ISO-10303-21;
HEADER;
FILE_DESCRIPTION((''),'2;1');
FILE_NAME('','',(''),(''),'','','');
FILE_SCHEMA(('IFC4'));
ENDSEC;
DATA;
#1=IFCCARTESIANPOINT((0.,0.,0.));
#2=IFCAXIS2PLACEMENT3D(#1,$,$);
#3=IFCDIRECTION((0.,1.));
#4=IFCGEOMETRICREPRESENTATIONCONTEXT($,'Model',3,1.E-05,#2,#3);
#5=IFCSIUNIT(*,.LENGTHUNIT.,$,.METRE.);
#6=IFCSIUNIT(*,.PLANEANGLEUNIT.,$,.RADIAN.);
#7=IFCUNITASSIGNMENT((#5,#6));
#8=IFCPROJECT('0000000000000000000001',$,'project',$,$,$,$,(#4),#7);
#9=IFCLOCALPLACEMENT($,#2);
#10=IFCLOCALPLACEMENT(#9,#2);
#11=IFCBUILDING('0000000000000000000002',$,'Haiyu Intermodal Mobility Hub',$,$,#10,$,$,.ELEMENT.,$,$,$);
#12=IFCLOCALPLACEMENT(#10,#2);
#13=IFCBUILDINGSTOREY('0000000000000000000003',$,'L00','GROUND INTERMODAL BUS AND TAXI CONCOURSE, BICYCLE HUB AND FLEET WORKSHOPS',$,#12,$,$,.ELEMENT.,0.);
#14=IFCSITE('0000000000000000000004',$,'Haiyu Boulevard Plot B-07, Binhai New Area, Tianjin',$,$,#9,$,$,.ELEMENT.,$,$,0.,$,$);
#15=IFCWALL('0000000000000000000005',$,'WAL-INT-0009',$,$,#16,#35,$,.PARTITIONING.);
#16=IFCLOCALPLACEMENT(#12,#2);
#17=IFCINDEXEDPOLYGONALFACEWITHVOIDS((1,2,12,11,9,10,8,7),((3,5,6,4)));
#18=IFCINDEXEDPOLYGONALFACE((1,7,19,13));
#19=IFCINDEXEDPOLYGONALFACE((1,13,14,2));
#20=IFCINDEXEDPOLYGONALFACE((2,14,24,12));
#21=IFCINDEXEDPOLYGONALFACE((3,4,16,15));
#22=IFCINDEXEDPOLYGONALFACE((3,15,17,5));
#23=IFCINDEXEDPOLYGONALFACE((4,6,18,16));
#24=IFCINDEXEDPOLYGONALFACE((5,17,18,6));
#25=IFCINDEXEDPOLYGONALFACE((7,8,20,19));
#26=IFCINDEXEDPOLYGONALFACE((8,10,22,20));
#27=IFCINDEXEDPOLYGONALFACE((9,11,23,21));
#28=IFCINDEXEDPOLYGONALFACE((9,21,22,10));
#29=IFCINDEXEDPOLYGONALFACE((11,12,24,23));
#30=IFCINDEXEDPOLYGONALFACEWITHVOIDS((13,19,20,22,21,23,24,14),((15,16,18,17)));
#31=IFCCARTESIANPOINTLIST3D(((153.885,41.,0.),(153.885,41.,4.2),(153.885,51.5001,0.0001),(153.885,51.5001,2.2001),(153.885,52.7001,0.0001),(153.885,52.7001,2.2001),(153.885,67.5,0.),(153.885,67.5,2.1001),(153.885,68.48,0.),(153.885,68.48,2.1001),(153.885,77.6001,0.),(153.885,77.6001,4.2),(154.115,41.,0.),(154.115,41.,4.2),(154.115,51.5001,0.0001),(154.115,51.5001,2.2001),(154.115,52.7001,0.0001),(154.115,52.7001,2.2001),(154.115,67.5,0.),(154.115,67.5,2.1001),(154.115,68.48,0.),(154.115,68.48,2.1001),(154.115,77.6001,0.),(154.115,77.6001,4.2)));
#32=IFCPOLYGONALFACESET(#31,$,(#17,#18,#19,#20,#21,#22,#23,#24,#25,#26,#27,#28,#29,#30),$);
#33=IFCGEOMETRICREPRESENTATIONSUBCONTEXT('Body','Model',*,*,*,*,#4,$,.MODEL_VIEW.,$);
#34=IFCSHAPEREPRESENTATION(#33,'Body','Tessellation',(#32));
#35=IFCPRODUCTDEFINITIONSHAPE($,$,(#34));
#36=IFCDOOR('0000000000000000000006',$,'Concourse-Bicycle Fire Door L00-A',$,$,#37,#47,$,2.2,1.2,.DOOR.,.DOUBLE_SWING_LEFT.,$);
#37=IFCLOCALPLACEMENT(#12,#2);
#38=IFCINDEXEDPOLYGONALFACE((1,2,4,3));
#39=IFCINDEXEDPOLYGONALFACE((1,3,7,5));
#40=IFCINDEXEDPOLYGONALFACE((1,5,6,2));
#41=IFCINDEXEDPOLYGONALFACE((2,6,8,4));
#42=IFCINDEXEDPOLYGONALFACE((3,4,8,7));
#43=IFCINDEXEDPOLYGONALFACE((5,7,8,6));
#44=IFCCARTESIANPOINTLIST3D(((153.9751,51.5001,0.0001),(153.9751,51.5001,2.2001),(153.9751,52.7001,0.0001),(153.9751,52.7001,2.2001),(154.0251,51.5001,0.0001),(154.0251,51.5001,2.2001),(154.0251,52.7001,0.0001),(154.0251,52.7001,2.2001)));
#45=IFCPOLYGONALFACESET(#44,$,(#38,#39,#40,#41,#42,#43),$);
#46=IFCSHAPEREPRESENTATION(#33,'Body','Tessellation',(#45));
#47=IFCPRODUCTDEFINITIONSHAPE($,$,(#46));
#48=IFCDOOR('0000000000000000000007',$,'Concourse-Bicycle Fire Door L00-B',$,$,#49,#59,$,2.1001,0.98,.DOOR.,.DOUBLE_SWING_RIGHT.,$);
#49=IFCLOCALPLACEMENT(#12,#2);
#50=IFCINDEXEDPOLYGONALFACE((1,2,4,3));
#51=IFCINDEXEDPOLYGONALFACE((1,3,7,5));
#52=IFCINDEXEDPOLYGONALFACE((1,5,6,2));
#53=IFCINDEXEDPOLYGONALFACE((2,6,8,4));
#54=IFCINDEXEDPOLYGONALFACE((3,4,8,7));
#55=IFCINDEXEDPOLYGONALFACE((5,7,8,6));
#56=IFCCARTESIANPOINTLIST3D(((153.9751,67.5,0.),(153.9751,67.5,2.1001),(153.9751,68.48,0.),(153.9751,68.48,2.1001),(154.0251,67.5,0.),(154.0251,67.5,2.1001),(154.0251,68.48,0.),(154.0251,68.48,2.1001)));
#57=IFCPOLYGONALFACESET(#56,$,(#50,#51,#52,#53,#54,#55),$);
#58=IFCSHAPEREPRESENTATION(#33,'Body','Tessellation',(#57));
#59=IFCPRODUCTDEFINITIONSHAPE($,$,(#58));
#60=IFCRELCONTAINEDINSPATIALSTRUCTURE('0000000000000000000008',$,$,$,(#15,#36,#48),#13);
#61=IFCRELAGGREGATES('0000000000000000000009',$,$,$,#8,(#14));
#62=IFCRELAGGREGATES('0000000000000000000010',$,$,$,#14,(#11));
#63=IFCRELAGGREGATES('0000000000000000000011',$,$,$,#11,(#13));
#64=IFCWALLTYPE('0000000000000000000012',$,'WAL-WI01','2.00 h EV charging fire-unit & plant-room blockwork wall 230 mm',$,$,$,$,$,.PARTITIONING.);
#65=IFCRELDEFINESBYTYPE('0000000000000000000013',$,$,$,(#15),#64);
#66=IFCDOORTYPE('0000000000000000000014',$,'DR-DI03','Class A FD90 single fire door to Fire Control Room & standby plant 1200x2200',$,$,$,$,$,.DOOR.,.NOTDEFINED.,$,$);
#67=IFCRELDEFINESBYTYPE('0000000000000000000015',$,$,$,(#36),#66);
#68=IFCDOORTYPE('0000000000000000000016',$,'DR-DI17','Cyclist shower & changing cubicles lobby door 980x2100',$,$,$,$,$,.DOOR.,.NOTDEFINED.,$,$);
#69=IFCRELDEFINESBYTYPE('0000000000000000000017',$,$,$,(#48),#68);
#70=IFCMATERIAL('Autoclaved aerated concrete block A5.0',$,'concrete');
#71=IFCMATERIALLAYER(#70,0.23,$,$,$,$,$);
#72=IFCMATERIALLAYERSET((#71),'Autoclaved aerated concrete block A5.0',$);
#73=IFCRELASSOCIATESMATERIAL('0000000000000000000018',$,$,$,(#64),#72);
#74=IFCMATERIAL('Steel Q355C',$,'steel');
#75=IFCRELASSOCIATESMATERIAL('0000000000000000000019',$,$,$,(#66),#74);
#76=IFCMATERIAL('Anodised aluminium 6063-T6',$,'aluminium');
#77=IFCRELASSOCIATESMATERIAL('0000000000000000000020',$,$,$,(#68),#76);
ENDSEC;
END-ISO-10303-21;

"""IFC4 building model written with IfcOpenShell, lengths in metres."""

from ifc_helpers import new_model, si_unit, direction, frame, frame_2d, origin, place, context, subcontext, project, spatial, rectangle, extrude, material, layer, layer_set, type_object, element, fill, save


model = new_model("IFC4")

# Units and contexts
model_context = context("Model", 3, precision=1e-05, world=origin(), true_north=direction((0.0, 1.0)))
body_context = subcontext(model_context, "Body", "Model", "MODEL_VIEW")
ifc_project = project(units=[si_unit("LENGTHUNIT", "METRE"), si_unit("PLANEANGLEUNIT", "RADIAN")], contexts=[model_context])

# Site, building, storey
site_placement = place(None, origin())
site = spatial("IfcSite", under=ifc_project, at=site_placement, Name="Haiyu Boulevard Plot B-07, Binhai New Area, Tianjin", CompositionType="ELEMENT", RefElevation=0.0)
building_placement = place(site_placement, origin())
building = spatial("IfcBuilding", under=site, at=building_placement, Name="Haiyu Intermodal Mobility Hub", CompositionType="ELEMENT")
storey_placement = place(building_placement, origin())
storey = spatial("IfcBuildingStorey", under=building, at=storey_placement, Name="L00", Description="GROUND INTERMODAL BUS AND TAXI CONCOURSE, BICYCLE HUB AND FLEET WORKSHOPS", CompositionType="ELEMENT", Elevation=0.0)

# Shared definitions
ifc_material_1 = material(Name="Steel Q355C", Category="steel")

# Wall, openings, doors
ifc_material_2 = material(Name="Autoclaved aerated concrete block A5.0", Category="concrete")
ifc_layer_1 = layer(ifc_material_2, 0.23)
ifc_layer_set_1 = layer_set([ifc_layer_1], Name="Autoclaved aerated concrete block A5.0")
wall_type = type_object("IfcWallType", Name="WAL-WI01", Description="2.00 h EV charging fire-unit & plant-room blockwork wall 230 mm", PredefinedType="PARTITIONING", material=ifc_layer_set_1)
wall_placement = place(storey_placement, frame((154.0, 41.0, 0.0), z_axis=(0.0, 0.0, 1.0), x_axis=(0.0, 1.0, 0.0)))
wall = element("IfcWall", 1, at=wall_placement, inside=storey, type_object=wall_type, Name="WAL-INT-0009", PredefinedType="PARTITIONING", context=body_context, shape_type="SweptSolid", body=[
    extrude(rectangle(XDim=36.6001, YDim=0.23, at=frame_2d((18.3, 0.0))), origin(), (0.0, 0.0, 1.0), 4.2),
])
opening_1_placement = place(wall_placement, frame((10.5, 0.0, 0.0)))
opening_1 = element("IfcOpeningElement", 2, at=opening_1_placement, cuts=wall, PredefinedType="OPENING", context=body_context, shape_type="SweptSolid", body=[
    extrude(rectangle(XDim=1.2, YDim=2.2, at=frame_2d((0.6001, 1.1001))), frame((0.0, 0.125, 0.0), z_axis=(0.0, -1.0, 0.0), x_axis=(1.0, 0.0, 0.0)), (0.0, 0.0, 1.0), 0.25),
])
opening_2_placement = place(wall_placement, frame((26.5, 0.0, 0.0)))
opening_2 = element("IfcOpeningElement", 3, at=opening_2_placement, cuts=wall, PredefinedType="OPENING", context=body_context, shape_type="SweptSolid", body=[
    extrude(rectangle(XDim=0.98, YDim=2.1001, at=frame_2d((0.49, 1.05))), frame((0.0, 0.125, 0.0), z_axis=(0.0, -1.0, 0.0), x_axis=(1.0, 0.0, 0.0)), (0.0, 0.0, 1.0), 0.25),
])
door_type_1 = type_object("IfcDoorType", Name="DR-DI03", Description="Class A FD90 single fire door to Fire Control Room & standby plant 1200x2200", OperationType="NOTDEFINED", PredefinedType="DOOR", material=ifc_material_1)
door_1_placement = place(opening_1_placement, origin())
door_1 = element("IfcDoor", 4, at=door_1_placement, inside=storey, type_object=door_type_1, Name="Concourse-Bicycle Fire Door L00-A", OperationType="DOUBLE_SWING_LEFT", OverallHeight=2.2, OverallWidth=1.2, PredefinedType="DOOR", context=body_context, shape_type="SweptSolid", body=[
    extrude(rectangle(XDim=1.2, YDim=2.2, at=frame_2d((0.6001, 1.1001))), frame((0.0, 0.0249, 0.0), z_axis=(0.0, -1.0, 0.0), x_axis=(1.0, 0.0, 0.0)), (0.0, 0.0, 1.0), 0.05),
])
fill(opening_1, door_1)
ifc_material_3 = material(Name="Anodised aluminium 6063-T6", Category="aluminium")
door_type_2 = type_object("IfcDoorType", Name="DR-DI17", Description="Cyclist shower & changing cubicles lobby door 980x2100", OperationType="NOTDEFINED", PredefinedType="DOOR", material=ifc_material_3)
door_2_placement = place(opening_2_placement, origin())
door_2 = element("IfcDoor", 5, at=door_2_placement, inside=storey, type_object=door_type_2, Name="Concourse-Bicycle Fire Door L00-B", OperationType="DOUBLE_SWING_RIGHT", OverallHeight=2.1001, OverallWidth=0.98, PredefinedType="DOOR", context=body_context, shape_type="SweptSolid", body=[
    extrude(rectangle(XDim=0.98, YDim=2.1001, at=frame_2d((0.49, 1.05))), frame((0.0, 0.0249, 0.0), z_axis=(0.0, -1.0, 0.0), x_axis=(1.0, 0.0, 0.0)), (0.0, 0.0, 1.0), 0.05),
])
fill(opening_2, door_2)

save(model, "model.ifc")
